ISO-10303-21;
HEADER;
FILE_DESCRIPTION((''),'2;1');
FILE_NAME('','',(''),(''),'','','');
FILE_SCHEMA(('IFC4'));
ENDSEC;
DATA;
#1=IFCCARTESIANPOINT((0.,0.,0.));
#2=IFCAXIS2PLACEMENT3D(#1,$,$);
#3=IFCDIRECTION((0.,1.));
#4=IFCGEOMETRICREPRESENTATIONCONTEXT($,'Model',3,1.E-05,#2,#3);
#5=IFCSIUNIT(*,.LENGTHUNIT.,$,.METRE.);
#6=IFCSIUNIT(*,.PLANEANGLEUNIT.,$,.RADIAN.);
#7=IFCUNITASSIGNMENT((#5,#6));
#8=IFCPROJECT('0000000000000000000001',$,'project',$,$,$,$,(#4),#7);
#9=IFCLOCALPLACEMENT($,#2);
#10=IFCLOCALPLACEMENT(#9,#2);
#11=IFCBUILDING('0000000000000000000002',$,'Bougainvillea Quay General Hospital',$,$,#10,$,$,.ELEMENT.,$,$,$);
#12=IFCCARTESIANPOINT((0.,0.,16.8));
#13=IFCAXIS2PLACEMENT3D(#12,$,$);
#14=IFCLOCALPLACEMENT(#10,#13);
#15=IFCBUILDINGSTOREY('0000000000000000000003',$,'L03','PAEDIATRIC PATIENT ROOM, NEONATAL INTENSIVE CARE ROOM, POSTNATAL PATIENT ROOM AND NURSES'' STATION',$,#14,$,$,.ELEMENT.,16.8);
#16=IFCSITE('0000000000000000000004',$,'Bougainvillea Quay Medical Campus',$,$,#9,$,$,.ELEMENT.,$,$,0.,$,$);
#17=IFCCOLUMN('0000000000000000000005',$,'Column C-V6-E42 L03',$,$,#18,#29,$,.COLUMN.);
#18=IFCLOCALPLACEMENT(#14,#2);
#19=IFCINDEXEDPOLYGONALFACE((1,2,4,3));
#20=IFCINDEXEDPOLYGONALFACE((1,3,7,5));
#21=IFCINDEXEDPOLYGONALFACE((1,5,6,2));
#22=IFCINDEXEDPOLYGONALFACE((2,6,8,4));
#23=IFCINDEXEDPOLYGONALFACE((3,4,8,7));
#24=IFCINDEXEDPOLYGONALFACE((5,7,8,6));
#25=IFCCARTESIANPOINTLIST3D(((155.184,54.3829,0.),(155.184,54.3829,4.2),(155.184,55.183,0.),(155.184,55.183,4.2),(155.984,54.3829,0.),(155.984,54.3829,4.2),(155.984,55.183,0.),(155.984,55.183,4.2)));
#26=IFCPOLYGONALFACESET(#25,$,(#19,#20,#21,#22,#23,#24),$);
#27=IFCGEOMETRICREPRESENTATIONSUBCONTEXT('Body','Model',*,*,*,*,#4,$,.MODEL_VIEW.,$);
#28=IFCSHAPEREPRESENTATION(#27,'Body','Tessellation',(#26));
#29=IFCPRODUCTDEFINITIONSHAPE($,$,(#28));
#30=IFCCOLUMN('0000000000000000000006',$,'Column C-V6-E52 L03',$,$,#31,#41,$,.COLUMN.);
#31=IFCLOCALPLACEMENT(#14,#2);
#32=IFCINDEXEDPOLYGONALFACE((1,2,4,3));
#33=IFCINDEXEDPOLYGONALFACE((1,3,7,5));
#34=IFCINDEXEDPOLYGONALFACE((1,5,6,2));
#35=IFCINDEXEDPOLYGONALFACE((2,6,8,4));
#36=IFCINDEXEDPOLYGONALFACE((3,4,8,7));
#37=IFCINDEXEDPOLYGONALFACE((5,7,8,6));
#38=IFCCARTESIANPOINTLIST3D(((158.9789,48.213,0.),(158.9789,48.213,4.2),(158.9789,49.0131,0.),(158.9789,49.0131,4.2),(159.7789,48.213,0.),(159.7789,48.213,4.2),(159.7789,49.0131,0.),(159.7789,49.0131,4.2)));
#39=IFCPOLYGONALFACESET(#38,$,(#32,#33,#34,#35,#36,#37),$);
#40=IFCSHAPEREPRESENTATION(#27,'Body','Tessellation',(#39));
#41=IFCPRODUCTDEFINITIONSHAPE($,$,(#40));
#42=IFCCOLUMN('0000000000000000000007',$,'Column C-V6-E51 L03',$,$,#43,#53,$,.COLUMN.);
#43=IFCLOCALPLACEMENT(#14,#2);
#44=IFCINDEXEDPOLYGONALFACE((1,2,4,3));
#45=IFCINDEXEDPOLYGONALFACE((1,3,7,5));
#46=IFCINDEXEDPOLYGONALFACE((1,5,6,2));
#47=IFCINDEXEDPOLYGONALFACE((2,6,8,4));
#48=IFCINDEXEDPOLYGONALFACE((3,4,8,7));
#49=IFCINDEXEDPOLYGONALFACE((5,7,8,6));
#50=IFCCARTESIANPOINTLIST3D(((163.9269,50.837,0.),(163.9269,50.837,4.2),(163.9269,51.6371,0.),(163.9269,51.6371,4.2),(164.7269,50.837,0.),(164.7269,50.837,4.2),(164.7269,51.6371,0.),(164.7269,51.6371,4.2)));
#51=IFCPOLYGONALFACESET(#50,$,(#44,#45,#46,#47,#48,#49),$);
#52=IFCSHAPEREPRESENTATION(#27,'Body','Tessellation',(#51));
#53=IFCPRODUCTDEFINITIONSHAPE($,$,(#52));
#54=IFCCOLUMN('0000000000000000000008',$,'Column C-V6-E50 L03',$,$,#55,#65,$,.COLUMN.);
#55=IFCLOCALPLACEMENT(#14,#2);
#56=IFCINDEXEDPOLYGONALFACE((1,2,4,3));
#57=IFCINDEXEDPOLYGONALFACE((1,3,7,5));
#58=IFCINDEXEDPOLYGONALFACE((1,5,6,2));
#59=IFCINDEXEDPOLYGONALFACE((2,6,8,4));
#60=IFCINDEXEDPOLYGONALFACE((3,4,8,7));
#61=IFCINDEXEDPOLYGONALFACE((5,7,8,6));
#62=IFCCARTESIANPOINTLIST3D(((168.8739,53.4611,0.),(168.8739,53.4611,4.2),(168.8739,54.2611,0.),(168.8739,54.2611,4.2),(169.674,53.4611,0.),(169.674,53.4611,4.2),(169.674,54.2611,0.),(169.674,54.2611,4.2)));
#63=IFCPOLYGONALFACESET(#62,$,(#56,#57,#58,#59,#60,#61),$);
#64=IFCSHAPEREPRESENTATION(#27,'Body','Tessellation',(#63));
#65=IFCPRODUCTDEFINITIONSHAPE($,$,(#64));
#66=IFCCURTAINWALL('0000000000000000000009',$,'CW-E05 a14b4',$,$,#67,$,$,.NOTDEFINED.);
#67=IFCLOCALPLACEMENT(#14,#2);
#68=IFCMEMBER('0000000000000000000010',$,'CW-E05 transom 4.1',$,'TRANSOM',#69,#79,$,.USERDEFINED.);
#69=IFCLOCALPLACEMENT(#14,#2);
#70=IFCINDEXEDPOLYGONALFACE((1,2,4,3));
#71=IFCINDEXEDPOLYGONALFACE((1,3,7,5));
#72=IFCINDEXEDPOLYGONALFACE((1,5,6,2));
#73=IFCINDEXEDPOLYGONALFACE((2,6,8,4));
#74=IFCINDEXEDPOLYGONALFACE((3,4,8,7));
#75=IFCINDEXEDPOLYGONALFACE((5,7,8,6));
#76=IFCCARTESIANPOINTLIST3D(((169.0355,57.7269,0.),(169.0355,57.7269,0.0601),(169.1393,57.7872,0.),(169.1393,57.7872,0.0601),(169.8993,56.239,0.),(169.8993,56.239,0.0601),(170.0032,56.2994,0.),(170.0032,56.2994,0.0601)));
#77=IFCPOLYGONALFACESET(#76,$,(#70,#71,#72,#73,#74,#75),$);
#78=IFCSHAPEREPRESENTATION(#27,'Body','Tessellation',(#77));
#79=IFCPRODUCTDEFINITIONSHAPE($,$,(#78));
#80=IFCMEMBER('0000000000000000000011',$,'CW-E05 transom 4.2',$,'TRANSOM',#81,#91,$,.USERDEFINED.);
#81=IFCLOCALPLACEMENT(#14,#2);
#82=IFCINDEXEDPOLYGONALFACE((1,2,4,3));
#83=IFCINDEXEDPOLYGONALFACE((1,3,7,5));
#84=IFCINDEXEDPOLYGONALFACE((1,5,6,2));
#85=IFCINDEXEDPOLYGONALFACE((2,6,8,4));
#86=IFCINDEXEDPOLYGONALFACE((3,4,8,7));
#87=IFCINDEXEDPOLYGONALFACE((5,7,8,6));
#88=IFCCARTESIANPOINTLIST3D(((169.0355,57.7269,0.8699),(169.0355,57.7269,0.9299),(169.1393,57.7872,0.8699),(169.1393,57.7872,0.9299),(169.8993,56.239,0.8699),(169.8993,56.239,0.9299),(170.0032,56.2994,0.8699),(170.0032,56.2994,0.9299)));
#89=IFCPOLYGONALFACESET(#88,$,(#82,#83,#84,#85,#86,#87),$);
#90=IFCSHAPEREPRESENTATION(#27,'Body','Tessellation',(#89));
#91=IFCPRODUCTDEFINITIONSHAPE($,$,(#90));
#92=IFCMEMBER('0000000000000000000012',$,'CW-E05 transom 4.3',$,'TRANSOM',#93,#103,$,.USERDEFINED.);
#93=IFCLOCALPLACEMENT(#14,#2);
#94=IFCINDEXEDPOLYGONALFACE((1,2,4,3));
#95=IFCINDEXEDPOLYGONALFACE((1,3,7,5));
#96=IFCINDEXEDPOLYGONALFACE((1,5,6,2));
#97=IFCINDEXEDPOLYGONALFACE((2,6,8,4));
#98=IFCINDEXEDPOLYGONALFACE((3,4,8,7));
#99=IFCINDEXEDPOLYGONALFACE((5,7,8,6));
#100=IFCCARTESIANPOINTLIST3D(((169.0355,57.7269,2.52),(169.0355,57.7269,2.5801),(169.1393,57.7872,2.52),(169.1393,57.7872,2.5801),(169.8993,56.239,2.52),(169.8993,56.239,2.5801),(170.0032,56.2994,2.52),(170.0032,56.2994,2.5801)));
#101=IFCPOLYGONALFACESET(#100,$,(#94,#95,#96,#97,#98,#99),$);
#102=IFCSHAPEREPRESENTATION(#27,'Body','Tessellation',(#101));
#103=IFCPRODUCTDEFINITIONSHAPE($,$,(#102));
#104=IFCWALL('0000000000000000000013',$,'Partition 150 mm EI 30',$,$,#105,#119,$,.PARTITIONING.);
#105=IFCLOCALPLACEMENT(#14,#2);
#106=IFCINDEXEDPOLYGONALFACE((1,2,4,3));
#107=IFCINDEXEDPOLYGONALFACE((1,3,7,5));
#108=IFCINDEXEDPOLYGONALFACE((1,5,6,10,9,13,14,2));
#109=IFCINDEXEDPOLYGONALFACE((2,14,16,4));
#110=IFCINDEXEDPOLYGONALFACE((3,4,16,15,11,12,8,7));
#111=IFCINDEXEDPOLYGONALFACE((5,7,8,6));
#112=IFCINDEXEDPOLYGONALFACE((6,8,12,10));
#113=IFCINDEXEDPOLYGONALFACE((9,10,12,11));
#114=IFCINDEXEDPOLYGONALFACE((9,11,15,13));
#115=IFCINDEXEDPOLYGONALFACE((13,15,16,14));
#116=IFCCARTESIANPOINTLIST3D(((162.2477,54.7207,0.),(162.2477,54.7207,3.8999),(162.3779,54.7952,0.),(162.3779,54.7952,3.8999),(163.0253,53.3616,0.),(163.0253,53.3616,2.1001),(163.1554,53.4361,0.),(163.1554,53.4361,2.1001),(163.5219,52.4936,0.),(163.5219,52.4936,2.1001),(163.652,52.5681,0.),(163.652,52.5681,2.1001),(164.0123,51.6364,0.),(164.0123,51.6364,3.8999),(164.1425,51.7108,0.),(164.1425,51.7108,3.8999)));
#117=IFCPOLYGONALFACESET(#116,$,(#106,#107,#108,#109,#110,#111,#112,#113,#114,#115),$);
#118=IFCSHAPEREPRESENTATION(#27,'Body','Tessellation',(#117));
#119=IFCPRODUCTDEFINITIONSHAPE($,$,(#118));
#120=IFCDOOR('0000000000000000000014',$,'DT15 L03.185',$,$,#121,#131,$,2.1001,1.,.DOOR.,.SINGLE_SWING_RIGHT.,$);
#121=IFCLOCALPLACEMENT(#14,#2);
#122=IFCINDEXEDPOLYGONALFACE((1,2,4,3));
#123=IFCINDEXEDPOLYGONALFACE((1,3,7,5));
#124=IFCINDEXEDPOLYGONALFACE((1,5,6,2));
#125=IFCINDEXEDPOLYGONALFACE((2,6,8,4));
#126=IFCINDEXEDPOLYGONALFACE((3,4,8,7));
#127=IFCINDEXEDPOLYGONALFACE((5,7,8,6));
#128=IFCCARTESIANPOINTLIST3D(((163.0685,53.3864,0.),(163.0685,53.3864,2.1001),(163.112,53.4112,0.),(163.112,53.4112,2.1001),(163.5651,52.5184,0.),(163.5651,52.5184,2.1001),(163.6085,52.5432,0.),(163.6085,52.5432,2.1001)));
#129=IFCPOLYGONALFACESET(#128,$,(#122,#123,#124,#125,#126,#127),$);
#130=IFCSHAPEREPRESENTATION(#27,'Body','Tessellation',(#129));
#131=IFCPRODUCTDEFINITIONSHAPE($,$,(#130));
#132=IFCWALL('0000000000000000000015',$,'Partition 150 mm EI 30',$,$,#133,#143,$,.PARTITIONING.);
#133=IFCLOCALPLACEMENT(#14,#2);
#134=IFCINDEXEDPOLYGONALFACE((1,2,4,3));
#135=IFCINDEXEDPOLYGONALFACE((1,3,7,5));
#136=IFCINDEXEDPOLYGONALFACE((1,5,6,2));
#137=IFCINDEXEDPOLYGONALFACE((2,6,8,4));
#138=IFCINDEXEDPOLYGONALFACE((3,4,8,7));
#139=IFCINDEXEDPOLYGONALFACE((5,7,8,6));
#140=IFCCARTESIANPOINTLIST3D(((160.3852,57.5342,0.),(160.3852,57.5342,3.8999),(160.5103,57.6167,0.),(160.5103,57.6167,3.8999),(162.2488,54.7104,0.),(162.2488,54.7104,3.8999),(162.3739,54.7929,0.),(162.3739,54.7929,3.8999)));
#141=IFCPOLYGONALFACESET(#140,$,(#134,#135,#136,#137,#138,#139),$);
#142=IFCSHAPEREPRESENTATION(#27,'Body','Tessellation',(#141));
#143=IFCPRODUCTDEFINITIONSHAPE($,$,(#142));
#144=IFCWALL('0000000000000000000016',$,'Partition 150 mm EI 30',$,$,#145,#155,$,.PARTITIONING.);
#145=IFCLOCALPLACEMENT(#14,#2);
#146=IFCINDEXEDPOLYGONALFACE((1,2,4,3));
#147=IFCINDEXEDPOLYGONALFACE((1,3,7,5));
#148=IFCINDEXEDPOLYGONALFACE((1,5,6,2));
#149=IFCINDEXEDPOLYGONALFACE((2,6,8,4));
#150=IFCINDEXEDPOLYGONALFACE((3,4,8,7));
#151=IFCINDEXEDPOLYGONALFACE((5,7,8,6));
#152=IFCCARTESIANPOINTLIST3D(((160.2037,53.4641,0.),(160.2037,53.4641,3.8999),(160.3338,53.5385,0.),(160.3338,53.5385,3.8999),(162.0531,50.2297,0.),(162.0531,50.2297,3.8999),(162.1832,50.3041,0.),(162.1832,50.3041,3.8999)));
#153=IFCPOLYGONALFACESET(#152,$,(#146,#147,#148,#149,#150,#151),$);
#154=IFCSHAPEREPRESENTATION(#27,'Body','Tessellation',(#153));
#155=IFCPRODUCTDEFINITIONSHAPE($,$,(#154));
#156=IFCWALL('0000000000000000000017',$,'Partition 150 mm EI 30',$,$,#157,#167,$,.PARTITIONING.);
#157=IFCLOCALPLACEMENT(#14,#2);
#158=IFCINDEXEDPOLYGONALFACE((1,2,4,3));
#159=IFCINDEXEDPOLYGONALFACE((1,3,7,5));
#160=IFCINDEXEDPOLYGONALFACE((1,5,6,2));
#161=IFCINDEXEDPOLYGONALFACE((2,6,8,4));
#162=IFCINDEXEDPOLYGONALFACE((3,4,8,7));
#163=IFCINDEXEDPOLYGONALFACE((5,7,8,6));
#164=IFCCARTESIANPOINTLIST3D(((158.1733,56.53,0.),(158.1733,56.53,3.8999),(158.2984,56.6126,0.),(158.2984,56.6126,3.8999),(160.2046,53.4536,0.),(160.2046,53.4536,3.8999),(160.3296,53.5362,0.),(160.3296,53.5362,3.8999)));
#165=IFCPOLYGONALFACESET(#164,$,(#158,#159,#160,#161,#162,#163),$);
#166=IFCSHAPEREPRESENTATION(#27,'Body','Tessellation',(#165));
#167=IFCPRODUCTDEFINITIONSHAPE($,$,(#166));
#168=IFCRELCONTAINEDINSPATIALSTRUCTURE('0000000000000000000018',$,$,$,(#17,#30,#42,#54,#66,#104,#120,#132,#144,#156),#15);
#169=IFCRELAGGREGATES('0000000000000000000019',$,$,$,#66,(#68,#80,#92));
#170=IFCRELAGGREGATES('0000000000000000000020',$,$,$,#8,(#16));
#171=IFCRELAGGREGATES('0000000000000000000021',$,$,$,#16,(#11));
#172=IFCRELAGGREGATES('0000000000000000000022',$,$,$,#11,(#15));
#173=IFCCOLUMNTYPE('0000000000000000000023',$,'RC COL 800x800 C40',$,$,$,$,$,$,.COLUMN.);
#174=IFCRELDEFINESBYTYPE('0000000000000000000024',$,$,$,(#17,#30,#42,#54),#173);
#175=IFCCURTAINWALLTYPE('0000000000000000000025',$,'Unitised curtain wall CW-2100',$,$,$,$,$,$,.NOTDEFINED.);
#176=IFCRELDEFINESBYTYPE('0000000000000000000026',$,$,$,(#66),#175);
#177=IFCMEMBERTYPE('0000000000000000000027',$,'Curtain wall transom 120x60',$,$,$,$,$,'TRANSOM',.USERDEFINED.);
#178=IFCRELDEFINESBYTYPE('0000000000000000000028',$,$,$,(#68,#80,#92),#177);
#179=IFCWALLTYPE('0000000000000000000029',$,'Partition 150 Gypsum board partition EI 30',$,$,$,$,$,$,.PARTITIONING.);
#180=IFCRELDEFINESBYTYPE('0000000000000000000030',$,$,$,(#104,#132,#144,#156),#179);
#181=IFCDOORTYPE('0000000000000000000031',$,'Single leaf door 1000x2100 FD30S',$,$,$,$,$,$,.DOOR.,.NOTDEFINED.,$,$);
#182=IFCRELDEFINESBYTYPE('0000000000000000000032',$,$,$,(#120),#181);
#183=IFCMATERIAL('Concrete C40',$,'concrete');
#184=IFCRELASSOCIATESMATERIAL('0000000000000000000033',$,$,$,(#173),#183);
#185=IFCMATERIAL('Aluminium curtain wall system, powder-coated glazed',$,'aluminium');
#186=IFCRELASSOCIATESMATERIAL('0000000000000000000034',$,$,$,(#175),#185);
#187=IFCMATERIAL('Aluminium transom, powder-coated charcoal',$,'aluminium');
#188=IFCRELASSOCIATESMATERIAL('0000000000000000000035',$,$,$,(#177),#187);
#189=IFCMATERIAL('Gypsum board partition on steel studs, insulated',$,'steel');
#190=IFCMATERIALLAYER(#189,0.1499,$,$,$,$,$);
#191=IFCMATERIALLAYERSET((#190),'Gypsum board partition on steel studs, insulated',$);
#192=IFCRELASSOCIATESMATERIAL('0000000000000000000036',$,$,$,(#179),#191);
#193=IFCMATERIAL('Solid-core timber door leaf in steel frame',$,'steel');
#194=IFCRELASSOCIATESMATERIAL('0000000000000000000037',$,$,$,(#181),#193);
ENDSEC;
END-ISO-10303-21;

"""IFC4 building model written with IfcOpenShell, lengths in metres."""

from ifc_helpers import new_model, si_unit, direction, frame, frame_2d, origin, origin_2d, place, context, subcontext, project, spatial, rectangle, extrude, material, layer, layer_set, material_profile, profile_set, type_object, element, fill, aggregate, save


model = new_model("IFC4")

# Units and contexts
model_context = context("Model", 3, precision=1e-05, world=origin(), true_north=direction((0.0, 1.0)))
body_context = subcontext(model_context, "Body", "Model", "MODEL_VIEW")
ifc_project = project(units=[si_unit("LENGTHUNIT", "METRE"), si_unit("PLANEANGLEUNIT", "RADIAN")], contexts=[model_context])

# Site, building, storey
site_placement = place(None, origin())
site = spatial("IfcSite", under=ifc_project, at=site_placement, Name="Bougainvillea Quay Medical Campus", CompositionType="ELEMENT", RefElevation=0.0)
building_placement = place(site_placement, origin())
building = spatial("IfcBuilding", under=site, at=building_placement, Name="Bougainvillea Quay General Hospital", CompositionType="ELEMENT")
storey_placement = place(building_placement, frame((0.0, 0.0, 16.8)))
storey = spatial("IfcBuildingStorey", under=building, at=storey_placement, Name="L03", Description="PAEDIATRIC PATIENT ROOM, NEONATAL INTENSIVE CARE ROOM, POSTNATAL PATIENT ROOM AND NURSES' STATION", CompositionType="ELEMENT", Elevation=16.8)

# Columns
ifc_material_1 = material(Name="Concrete C40", Category="concrete")
ifc_material_profile_1 = material_profile(ifc_material_1, rectangle(XDim=0.8, YDim=0.8, at=origin_2d()))
ifc_profile_set_1 = profile_set([ifc_material_profile_1], Name="Concrete C40")
column_type = type_object("IfcColumnType", Name="RC COL 800x800 C40", PredefinedType="COLUMN", material=ifc_profile_set_1)
for number, where, z_axis, x_axis, name in (
    (1, (155.584, 54.783, 0.0), (0.0, 0.0, 1.0), (1.0, 0.0, 0.0), "Column C-V6-E42 L03"),
    (2, (159.3789, 48.613, 0.0), (0.0, 0.0, 1.0), (1.0, 0.0, 0.0), "Column C-V6-E52 L03"),
    (3, (164.3269, 51.2371, 0.0), (0.0, 0.0, 1.0), (1.0, 0.0, 0.0), "Column C-V6-E51 L03"),
    (4, (169.2739, 53.8611, 0.0), (0.0, 0.0, 1.0), (1.0, 0.0, 0.0), "Column C-V6-E50 L03"),
):
    element("IfcColumn", number, at=place(storey_placement, frame(where, z_axis=z_axis, x_axis=x_axis)), inside=storey, type_object=column_type, Name=name, PredefinedType="COLUMN", context=body_context, shape_type="SweptSolid", body=[
        extrude(rectangle(XDim=0.8, YDim=0.8, at=origin_2d()), origin(), (0.0, 0.0, 1.0), 4.2),
    ])

# Curtain wall, members
ifc_material_2 = material(Name="Aluminium curtain wall system, powder-coated glazed", Category="aluminium")
curtain_wall_type = type_object("IfcCurtainWallType", Name="Unitised curtain wall CW-2100", PredefinedType="NOTDEFINED", material=ifc_material_2)
curtain_wall_placement = place(storey_placement, origin())
curtain_wall = element("IfcCurtainWall", 5, at=curtain_wall_placement, inside=storey, type_object=curtain_wall_type, Name="CW-E05 a14b4", PredefinedType="NOTDEFINED")
ifc_material_3 = material(Name="Aluminium transom, powder-coated charcoal", Category="aluminium")
ifc_material_profile_2 = material_profile(ifc_material_3, rectangle(XDim=0.1201, YDim=0.0601, at=origin_2d()))
ifc_profile_set_2 = profile_set([ifc_material_profile_2], Name="Aluminium transom, powder-coated charcoal")
member_type = type_object("IfcMemberType", Name="Curtain wall transom 120x60", ElementType="TRANSOM", PredefinedType="USERDEFINED", material=ifc_profile_set_2)
member_1_placement = place(storey_placement, frame((169.0874, 57.7571, 0.03), z_axis=(0.502088, -0.864817, 0.0), x_axis=(0.864817, 0.502088, 0.0)))
member_1 = element("IfcMember", 6, at=member_1_placement, type_object=member_type, Name="CW-E05 transom 4.1", ObjectType="TRANSOM", PredefinedType="USERDEFINED", context=body_context, shape_type="SweptSolid", body=[
    extrude(rectangle(XDim=0.1201, YDim=0.0601, at=origin_2d()), origin(), (0.0, 0.0, 1.0), 1.7205),
])
member_2_placement = place(storey_placement, frame((169.0874, 57.7571, 0.8999), z_axis=(0.502088, -0.864817, 0.0), x_axis=(0.864817, 0.502088, 0.0)))
member_2 = element("IfcMember", 7, at=member_2_placement, type_object=member_type, Name="CW-E05 transom 4.2", ObjectType="TRANSOM", PredefinedType="USERDEFINED", context=body_context, shape_type="SweptSolid", body=[
    extrude(rectangle(XDim=0.1201, YDim=0.0601, at=origin_2d()), origin(), (0.0, 0.0, 1.0), 1.7205),
])
member_3_placement = place(storey_placement, frame((169.0874, 57.7571, 2.55), z_axis=(0.502088, -0.864817, 0.0), x_axis=(0.864817, 0.502088, 0.0)))
member_3 = element("IfcMember", 8, at=member_3_placement, type_object=member_type, Name="CW-E05 transom 4.3", ObjectType="TRANSOM", PredefinedType="USERDEFINED", context=body_context, shape_type="SweptSolid", body=[
    extrude(rectangle(XDim=0.1201, YDim=0.0601, at=origin_2d()), origin(), (0.0, 0.0, 1.0), 1.7205),
])
aggregate(curtain_wall, [member_1, member_2, member_3])

# Wall, opening, door
ifc_material_4 = material(Name="Gypsum board partition on steel studs, insulated", Category="steel")
ifc_layer_1 = layer(ifc_material_4, 0.1499)
ifc_layer_set_1 = layer_set([ifc_layer_1], Name="Gypsum board partition on steel studs, insulated")
wall_type_1 = type_object("IfcWallType", Name="Partition 150 Gypsum board partition EI 30", PredefinedType="PARTITIONING", material=ifc_layer_set_1)
wall_1_placement = place(storey_placement, frame((162.3127, 54.7581, 0.0), z_axis=(0.0, 0.0, 1.0), x_axis=(0.496583, -0.867989, 0.0)))
wall_1 = element("IfcWall", 9, at=wall_1_placement, inside=storey, type_object=wall_type_1, Name="Partition 150 mm EI 30", PredefinedType="PARTITIONING", context=body_context, shape_type="SweptSolid", body=[
    extrude(rectangle(XDim=3.5535, YDim=0.1499, at=frame_2d((1.7769, 0.0))), origin(), (0.0, 0.0, 1.0), 3.8999),
])
opening_1_placement = place(wall_1_placement, frame((1.5659, 0.0, 0.0)))
opening_1 = element("IfcOpeningElement", 10, at=opening_1_placement, cuts=wall_1, PredefinedType="OPENING", context=body_context, shape_type="SweptSolid", body=[
    extrude(rectangle(XDim=1.0, YDim=2.1001, at=frame_2d((0.5, 1.05))), frame((0.0, 0.085, 0.0), z_axis=(0.0, -1.0, 0.0), x_axis=(1.0, 0.0, 0.0)), (0.0, 0.0, 1.0), 0.1699),
])
ifc_material_5 = material(Name="Solid-core timber door leaf in steel frame", Category="steel")
door_type_1 = type_object("IfcDoorType", Name="Single leaf door 1000x2100 FD30S", OperationType="NOTDEFINED", PredefinedType="DOOR", material=ifc_material_5)
door_1_placement = place(opening_1_placement, origin())
door_1 = element("IfcDoor", 11, at=door_1_placement, inside=storey, type_object=door_type_1, Name="DT15 L03.185", OperationType="SINGLE_SWING_RIGHT", OverallHeight=2.1001, OverallWidth=1.0, PredefinedType="DOOR", context=body_context, shape_type="SweptSolid", body=[
    extrude(rectangle(XDim=1.0, YDim=2.1001, at=frame_2d((0.5, 1.05))), frame((0.0, 0.0249, 0.0), z_axis=(0.0, -1.0, 0.0), x_axis=(1.0, 0.0, 0.0)), (0.0, 0.0, 1.0), 0.05),
])
fill(opening_1, door_1)

# Walls
wall_2_placement = place(storey_placement, frame((160.4478, 57.5754, 0.0), z_axis=(0.0, 0.0, 1.0), x_axis=(0.550814, -0.834628, 0.0)))
element("IfcWall", 12, at=wall_2_placement, inside=storey, type_object=wall_type_1, Name="Partition 150 mm EI 30", PredefinedType="PARTITIONING", context=body_context, shape_type="SweptSolid", body=[
    extrude(rectangle(XDim=3.3833, YDim=0.1499, at=frame_2d((1.6917, 0.0))), origin(), (0.0, 0.0, 1.0), 3.8999),
])
wall_3_placement = place(storey_placement, frame((160.2688, 53.5012, 0.0), z_axis=(0.0, 0.0, 1.0), x_axis=(0.496372, -0.86811, 0.0)))
element("IfcWall", 13, at=wall_3_placement, inside=storey, type_object=wall_type_1, Name="Partition 150 mm EI 30", PredefinedType="PARTITIONING", context=body_context, shape_type="SweptSolid", body=[
    extrude(rectangle(XDim=3.7258, YDim=0.1499, at=frame_2d((1.8628, 0.0))), origin(), (0.0, 0.0, 1.0), 3.8999),
])
wall_4_placement = place(storey_placement, frame((158.2358, 56.5713, 0.0), z_axis=(0.0, 0.0, 1.0), x_axis=(0.550996, -0.834508, 0.0)))
element("IfcWall", 14, at=wall_4_placement, inside=storey, type_object=wall_type_1, Name="Partition 150 mm EI 30", PredefinedType="PARTITIONING", context=body_context, shape_type="SweptSolid", body=[
    extrude(rectangle(XDim=3.6865, YDim=0.1499, at=frame_2d((1.8433, 0.0))), origin(), (0.0, 0.0, 1.0), 3.8999),
])

save(model, "model.ifc")
